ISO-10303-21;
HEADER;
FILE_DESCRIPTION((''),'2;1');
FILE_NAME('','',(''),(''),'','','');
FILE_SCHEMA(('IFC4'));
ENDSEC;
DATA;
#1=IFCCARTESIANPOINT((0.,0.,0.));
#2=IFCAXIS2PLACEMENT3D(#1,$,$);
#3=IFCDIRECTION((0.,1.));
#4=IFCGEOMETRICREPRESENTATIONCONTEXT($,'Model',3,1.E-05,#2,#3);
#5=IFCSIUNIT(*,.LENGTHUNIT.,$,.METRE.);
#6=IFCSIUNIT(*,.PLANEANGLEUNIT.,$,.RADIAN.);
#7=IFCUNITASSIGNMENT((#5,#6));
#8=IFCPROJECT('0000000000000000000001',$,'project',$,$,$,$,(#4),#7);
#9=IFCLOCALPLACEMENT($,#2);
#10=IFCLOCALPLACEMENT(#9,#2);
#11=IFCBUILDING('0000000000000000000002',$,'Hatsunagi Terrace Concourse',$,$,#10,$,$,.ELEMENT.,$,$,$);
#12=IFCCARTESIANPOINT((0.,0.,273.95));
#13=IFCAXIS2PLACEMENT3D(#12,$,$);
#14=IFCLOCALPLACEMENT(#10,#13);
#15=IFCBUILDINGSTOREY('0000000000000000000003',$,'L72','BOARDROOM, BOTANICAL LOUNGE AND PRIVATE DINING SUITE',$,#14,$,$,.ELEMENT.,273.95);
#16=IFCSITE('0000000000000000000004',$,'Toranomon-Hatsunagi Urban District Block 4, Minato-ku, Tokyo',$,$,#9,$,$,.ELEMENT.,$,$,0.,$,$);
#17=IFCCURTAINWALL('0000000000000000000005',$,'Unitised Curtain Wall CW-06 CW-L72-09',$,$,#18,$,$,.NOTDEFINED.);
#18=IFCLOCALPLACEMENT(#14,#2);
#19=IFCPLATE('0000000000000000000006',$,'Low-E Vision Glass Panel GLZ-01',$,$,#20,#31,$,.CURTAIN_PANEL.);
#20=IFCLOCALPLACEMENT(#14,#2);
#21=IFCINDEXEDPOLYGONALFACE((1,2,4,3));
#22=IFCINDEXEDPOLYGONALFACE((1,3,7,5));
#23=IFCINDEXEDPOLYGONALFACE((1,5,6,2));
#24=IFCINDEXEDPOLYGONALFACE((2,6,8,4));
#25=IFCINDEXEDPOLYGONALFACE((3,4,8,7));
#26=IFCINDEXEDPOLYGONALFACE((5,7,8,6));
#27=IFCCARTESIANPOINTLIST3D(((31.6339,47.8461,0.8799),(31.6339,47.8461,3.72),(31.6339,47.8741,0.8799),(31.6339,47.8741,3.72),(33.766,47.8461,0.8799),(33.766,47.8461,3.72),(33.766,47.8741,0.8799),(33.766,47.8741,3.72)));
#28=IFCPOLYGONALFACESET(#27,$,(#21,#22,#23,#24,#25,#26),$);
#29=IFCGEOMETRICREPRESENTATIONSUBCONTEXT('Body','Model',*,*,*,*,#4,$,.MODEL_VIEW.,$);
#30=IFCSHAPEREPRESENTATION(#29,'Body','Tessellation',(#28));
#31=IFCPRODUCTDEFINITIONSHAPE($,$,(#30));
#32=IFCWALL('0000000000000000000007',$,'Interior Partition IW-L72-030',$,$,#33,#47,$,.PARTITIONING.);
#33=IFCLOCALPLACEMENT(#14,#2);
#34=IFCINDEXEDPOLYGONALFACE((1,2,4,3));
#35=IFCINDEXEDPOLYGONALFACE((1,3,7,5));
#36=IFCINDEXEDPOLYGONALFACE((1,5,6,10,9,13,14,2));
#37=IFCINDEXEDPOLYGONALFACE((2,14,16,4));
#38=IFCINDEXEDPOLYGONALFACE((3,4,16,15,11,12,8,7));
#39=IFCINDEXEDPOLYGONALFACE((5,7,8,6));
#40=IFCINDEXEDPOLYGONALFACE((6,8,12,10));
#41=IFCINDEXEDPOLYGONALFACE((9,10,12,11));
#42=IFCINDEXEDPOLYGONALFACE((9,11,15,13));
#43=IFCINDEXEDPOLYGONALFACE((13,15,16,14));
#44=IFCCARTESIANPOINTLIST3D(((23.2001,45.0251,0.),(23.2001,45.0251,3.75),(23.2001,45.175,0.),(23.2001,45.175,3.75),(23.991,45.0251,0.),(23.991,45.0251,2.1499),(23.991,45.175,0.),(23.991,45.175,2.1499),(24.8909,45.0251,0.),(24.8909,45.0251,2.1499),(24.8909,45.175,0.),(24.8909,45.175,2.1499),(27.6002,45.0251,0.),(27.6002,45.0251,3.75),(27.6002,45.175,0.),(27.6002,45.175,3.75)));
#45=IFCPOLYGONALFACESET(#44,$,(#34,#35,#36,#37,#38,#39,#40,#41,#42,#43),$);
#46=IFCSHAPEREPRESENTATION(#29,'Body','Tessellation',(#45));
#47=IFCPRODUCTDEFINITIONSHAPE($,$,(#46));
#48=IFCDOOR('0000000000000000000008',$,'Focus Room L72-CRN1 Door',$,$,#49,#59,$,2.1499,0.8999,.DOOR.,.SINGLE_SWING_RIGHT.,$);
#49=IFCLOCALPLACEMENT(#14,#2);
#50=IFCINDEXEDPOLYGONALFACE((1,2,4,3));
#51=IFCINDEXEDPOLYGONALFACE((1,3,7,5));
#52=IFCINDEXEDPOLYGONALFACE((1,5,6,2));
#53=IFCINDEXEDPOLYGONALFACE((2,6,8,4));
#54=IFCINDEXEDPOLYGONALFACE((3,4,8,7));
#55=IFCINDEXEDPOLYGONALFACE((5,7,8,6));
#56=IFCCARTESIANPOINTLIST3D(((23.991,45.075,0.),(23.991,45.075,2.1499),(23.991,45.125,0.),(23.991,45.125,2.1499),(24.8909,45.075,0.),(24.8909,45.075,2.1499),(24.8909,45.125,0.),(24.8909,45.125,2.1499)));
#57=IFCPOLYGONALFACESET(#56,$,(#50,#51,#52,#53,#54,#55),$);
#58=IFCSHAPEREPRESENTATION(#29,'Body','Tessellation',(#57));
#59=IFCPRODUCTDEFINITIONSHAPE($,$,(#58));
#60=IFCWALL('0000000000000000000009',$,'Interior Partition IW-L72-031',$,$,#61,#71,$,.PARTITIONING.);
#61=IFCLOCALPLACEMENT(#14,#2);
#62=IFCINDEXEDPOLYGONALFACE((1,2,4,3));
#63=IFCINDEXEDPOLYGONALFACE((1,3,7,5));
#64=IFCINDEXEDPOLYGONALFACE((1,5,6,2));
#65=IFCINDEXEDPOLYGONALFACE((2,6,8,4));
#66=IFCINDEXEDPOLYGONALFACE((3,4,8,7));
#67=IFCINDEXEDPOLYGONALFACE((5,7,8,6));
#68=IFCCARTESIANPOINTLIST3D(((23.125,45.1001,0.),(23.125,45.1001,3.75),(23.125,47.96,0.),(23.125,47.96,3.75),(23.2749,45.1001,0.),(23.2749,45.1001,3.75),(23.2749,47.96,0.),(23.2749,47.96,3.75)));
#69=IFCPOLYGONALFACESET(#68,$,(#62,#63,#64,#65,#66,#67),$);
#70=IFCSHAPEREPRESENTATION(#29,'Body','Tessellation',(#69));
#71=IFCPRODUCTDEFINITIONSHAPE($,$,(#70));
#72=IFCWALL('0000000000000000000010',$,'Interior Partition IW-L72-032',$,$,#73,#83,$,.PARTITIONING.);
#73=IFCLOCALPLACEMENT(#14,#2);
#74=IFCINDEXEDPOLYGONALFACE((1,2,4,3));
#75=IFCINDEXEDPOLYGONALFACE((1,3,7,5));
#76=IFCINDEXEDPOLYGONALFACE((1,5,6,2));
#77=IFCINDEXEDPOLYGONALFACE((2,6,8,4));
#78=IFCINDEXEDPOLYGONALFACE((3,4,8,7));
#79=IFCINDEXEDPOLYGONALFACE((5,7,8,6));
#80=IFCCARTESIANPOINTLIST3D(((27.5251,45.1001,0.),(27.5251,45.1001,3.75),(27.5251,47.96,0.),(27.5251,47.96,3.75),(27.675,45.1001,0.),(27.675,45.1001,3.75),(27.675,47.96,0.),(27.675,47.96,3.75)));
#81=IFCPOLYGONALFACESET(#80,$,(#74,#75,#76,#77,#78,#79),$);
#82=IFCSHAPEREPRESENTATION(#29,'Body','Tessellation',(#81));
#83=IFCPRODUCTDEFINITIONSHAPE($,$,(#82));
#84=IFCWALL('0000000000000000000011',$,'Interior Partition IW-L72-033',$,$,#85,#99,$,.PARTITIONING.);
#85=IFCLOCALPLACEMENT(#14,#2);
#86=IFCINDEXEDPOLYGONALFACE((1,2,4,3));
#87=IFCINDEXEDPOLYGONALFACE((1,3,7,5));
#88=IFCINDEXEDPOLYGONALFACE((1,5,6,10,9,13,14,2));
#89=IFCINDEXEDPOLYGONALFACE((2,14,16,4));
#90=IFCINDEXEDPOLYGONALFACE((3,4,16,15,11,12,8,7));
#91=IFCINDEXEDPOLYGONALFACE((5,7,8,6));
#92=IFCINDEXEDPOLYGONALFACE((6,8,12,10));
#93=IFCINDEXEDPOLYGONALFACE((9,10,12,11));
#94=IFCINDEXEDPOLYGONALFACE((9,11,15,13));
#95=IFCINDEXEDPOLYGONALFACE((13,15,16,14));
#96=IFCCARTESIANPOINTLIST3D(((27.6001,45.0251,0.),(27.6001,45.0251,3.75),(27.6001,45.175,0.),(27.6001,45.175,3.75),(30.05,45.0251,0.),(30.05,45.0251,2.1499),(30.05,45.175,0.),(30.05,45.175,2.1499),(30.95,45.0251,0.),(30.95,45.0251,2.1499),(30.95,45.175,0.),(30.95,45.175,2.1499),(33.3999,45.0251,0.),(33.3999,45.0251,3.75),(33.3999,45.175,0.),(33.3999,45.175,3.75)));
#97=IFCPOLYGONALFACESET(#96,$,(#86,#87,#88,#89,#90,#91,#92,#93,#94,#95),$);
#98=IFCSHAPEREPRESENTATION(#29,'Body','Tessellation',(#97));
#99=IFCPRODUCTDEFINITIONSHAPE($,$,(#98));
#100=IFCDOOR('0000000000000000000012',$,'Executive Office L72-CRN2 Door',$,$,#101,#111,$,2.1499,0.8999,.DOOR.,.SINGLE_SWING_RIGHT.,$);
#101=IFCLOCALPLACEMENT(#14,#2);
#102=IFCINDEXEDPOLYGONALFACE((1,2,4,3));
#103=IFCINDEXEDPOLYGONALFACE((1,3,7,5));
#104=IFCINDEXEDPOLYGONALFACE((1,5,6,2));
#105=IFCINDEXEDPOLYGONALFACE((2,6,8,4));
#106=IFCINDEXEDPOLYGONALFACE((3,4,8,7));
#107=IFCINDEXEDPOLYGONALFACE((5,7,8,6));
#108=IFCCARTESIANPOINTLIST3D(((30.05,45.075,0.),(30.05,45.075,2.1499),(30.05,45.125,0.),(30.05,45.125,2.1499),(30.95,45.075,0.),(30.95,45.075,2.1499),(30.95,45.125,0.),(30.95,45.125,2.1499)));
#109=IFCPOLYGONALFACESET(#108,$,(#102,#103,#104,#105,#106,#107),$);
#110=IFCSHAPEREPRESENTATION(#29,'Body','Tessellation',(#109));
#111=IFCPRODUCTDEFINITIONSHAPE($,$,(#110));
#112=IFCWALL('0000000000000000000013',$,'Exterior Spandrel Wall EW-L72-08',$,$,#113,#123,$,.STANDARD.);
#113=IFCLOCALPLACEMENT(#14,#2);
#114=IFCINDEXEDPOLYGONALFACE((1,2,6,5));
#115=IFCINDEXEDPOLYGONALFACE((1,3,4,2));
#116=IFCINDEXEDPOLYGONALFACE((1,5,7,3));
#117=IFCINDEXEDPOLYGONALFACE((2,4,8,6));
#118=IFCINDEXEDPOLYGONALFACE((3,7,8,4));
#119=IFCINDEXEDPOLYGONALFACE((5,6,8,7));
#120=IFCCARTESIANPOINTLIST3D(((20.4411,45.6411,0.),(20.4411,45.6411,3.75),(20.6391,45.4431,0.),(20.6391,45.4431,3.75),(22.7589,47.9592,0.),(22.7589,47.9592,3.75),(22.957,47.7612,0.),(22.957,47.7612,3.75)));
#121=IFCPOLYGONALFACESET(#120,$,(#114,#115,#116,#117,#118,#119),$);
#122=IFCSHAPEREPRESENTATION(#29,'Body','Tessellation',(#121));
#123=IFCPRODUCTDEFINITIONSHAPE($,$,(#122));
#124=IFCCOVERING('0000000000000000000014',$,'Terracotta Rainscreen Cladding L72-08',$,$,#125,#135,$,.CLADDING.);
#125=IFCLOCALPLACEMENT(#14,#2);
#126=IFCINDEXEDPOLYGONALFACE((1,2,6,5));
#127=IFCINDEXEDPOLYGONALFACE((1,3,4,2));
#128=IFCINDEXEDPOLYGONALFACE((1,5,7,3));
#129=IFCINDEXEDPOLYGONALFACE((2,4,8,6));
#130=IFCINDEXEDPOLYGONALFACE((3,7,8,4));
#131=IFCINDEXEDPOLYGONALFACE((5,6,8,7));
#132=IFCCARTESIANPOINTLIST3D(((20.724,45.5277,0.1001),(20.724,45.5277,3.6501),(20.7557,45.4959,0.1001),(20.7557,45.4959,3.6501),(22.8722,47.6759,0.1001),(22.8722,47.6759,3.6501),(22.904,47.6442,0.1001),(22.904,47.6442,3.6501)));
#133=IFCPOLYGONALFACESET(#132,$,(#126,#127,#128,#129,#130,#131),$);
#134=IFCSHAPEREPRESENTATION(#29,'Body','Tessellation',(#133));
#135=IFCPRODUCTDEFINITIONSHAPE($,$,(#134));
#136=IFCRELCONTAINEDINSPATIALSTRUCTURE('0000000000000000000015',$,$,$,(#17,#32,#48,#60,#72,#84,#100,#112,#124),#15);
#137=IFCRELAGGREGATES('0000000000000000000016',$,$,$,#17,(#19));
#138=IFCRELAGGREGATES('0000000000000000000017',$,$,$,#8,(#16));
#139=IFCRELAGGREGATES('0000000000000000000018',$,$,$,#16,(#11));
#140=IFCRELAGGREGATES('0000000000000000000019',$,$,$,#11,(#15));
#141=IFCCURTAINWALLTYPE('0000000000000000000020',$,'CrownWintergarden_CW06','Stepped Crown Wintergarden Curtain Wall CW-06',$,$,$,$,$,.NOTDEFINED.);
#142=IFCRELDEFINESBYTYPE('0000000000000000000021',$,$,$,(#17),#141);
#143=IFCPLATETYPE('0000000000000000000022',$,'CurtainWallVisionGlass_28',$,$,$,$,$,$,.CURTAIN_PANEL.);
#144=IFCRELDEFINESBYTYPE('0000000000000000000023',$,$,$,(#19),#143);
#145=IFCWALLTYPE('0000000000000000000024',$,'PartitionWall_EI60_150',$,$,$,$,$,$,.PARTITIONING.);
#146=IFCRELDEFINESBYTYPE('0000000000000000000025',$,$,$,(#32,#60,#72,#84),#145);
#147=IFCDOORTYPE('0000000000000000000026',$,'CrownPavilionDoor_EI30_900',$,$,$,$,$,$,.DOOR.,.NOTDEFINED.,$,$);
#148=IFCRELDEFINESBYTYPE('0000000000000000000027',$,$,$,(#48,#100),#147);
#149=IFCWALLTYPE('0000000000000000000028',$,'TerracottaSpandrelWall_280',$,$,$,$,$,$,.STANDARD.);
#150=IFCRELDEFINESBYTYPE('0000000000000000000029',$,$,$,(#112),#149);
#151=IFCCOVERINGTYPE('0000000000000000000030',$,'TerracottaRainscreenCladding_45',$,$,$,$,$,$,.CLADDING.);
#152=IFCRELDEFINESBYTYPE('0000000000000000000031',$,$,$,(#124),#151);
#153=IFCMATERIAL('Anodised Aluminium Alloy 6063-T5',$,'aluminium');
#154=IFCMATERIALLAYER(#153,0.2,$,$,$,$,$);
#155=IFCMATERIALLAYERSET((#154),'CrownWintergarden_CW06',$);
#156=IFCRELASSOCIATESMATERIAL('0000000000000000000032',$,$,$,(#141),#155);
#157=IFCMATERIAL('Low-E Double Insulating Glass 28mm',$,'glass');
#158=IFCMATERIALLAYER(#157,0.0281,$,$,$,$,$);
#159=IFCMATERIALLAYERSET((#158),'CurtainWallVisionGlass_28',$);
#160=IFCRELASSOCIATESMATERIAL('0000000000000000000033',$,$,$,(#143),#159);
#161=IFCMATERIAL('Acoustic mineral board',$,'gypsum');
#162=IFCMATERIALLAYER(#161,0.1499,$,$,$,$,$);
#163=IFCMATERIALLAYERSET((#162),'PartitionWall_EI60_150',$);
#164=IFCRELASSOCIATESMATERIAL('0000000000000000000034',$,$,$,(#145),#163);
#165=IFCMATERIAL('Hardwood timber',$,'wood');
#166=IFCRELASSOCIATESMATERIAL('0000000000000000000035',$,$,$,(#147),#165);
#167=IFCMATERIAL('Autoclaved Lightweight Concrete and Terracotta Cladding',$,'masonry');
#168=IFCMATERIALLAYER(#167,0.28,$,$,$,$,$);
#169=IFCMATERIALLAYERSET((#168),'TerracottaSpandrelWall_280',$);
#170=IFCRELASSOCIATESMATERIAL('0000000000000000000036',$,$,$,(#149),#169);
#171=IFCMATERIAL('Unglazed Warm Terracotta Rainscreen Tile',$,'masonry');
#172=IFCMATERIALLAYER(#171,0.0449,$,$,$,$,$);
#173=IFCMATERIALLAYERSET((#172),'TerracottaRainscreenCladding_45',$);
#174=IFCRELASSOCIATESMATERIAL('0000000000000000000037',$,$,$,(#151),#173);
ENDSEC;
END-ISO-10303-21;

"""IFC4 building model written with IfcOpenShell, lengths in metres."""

from ifc_helpers import new_model, si_unit, direction, frame, frame_2d, origin, origin_2d, place, context, subcontext, project, spatial, rectangle, extrude, material, layer, layer_set, type_object, element, fill, aggregate, save


model = new_model("IFC4")

# Units and contexts
model_context = context("Model", 3, precision=1e-05, world=origin(), true_north=direction((0.0, 1.0)))
body_context = subcontext(model_context, "Body", "Model", "MODEL_VIEW")
ifc_project = project(units=[si_unit("LENGTHUNIT", "METRE"), si_unit("PLANEANGLEUNIT", "RADIAN")], contexts=[model_context])

# Site, building, storey
site_placement = place(None, origin())
site = spatial("IfcSite", under=ifc_project, at=site_placement, Name="Toranomon-Hatsunagi Urban District Block 4, Minato-ku, Tokyo", CompositionType="ELEMENT", RefElevation=0.0)
building_placement = place(site_placement, origin())
building = spatial("IfcBuilding", under=site, at=building_placement, Name="Hatsunagi Terrace Concourse", CompositionType="ELEMENT")
storey_placement = place(building_placement, frame((0.0, 0.0, 273.95)))
storey = spatial("IfcBuildingStorey", under=building, at=storey_placement, Name="L72", Description="BOARDROOM, BOTANICAL LOUNGE AND PRIVATE DINING SUITE", CompositionType="ELEMENT", Elevation=273.95)

# Curtain wall
ifc_material_1 = material(Name="Anodised Aluminium Alloy 6063-T5", Category="aluminium")
ifc_layer_1 = layer(ifc_material_1, 0.2)
ifc_layer_set_1 = layer_set([ifc_layer_1], Name="CrownWintergarden_CW06")
curtain_wall_type = type_object("IfcCurtainWallType", Name="CrownWintergarden_CW06", Description="Stepped Crown Wintergarden Curtain Wall CW-06", PredefinedType="NOTDEFINED", material=ifc_layer_set_1)
curtain_wall_1_placement = place(storey_placement, origin())
curtain_wall_1 = element("IfcCurtainWall", 1, at=curtain_wall_1_placement, inside=storey, type_object=curtain_wall_type, Name="Unitised Curtain Wall CW-06 CW-L72-09", PredefinedType="NOTDEFINED")

# Plate
ifc_material_2 = material(Name="Low-E Double Insulating Glass 28mm", Category="glass")
ifc_layer_2 = layer(ifc_material_2, 0.0281)
ifc_layer_set_2 = layer_set([ifc_layer_2], Name="CurtainWallVisionGlass_28")
plate_type_1 = type_object("IfcPlateType", Name="CurtainWallVisionGlass_28", PredefinedType="CURTAIN_PANEL", material=ifc_layer_set_2)
plate_1_placement = place(storey_placement, frame((32.7, 47.8601, 0.8799), z_axis=(0.0, 0.0, 1.0), x_axis=(1.0, 0.0, 0.0)))
plate_1 = element("IfcPlate", 2, at=plate_1_placement, type_object=plate_type_1, Name="Low-E Vision Glass Panel GLZ-01", PredefinedType="CURTAIN_PANEL", context=body_context, shape_type="SweptSolid", body=[
    extrude(rectangle(XDim=2.1321, YDim=0.0281, at=origin_2d()), origin(), (0.0, 0.0, 1.0), 2.8401),
])
aggregate(curtain_wall_1, [plate_1])

# Wall, opening, door
ifc_material_3 = material(Name="Acoustic mineral board", Category="gypsum")
ifc_layer_3 = layer(ifc_material_3, 0.1499)
ifc_layer_set_3 = layer_set([ifc_layer_3], Name="PartitionWall_EI60_150")
wall_type_1 = type_object("IfcWallType", Name="PartitionWall_EI60_150", PredefinedType="PARTITIONING", material=ifc_layer_set_3)
wall_1_placement = place(storey_placement, frame((23.2, 45.1001, 0.0), z_axis=(0.0, 0.0, 1.0), x_axis=(1.0, 0.0, 0.0)))
wall_1 = element("IfcWall", 3, at=wall_1_placement, inside=storey, type_object=wall_type_1, Name="Interior Partition IW-L72-030", PredefinedType="PARTITIONING", context=body_context, shape_type="SweptSolid", body=[
    extrude(rectangle(XDim=4.4001, YDim=0.1499, at=frame_2d((2.2002, 0.0))), origin(), (0.0, 0.0, 1.0), 3.75),
])
opening_1_placement = place(wall_1_placement, frame((0.791, 0.0, 0.0)))
opening_1 = element("IfcOpeningElement", 4, at=opening_1_placement, cuts=wall_1, PredefinedType="OPENING", context=body_context, shape_type="SweptSolid", body=[
    extrude(rectangle(XDim=0.8999, YDim=2.1499, at=frame_2d((0.45, 1.075))), frame((0.0, 0.085, 0.0), z_axis=(0.0, -1.0, 0.0), x_axis=(1.0, 0.0, 0.0)), (0.0, 0.0, 1.0), 0.1699),
])
ifc_material_4 = material(Name="Hardwood timber", Category="wood")
door_type = type_object("IfcDoorType", Name="CrownPavilionDoor_EI30_900", OperationType="NOTDEFINED", PredefinedType="DOOR", material=ifc_material_4)
door_1_placement = place(opening_1_placement, origin())
door_1 = element("IfcDoor", 5, at=door_1_placement, inside=storey, type_object=door_type, Name="Focus Room L72-CRN1 Door", OperationType="SINGLE_SWING_RIGHT", OverallHeight=2.1499, OverallWidth=0.8999, PredefinedType="DOOR", context=body_context, shape_type="SweptSolid", body=[
    extrude(rectangle(XDim=0.8999, YDim=2.1499, at=frame_2d((0.45, 1.075))), frame((0.0, 0.0249, 0.0), z_axis=(0.0, -1.0, 0.0), x_axis=(1.0, 0.0, 0.0)), (0.0, 0.0, 1.0), 0.05),
])
fill(opening_1, door_1)

# Walls
for number, where, z_axis, x_axis, name in (
    (6, (23.2, 45.1001, 0.0), (0.0, 0.0, 1.0), (0.0, 1.0, 0.0), "Interior Partition IW-L72-031"),
    (7, (27.6001, 45.1001, 0.0), (0.0, 0.0, 1.0), (0.0, 1.0, 0.0), "Interior Partition IW-L72-032"),
):
    element("IfcWall", number, at=place(storey_placement, frame(where, z_axis=z_axis, x_axis=x_axis)), inside=storey, type_object=wall_type_1, Name=name, PredefinedType="PARTITIONING", context=body_context, shape_type="SweptSolid", body=[
        extrude(rectangle(XDim=2.8599, YDim=0.1499, at=frame_2d((1.4299, 0.0))), origin(), (0.0, 0.0, 1.0), 3.75),
    ])

# Wall, opening, door
wall_2_placement = place(storey_placement, frame((27.6001, 45.1001, 0.0), z_axis=(0.0, 0.0, 1.0), x_axis=(1.0, 0.0, 0.0)))
wall_2 = element("IfcWall", 8, at=wall_2_placement, inside=storey, type_object=wall_type_1, Name="Interior Partition IW-L72-033", PredefinedType="PARTITIONING", context=body_context, shape_type="SweptSolid", body=[
    extrude(rectangle(XDim=5.7998, YDim=0.1499, at=frame_2d((2.8999, 0.0))), origin(), (0.0, 0.0, 1.0), 3.75),
])
opening_2_placement = place(wall_2_placement, frame((2.45, 0.0, 0.0)))
opening_2 = element("IfcOpeningElement", 9, at=opening_2_placement, cuts=wall_2, PredefinedType="OPENING", context=body_context, shape_type="SweptSolid", body=[
    extrude(rectangle(XDim=0.8999, YDim=2.1499, at=frame_2d((0.45, 1.075))), frame((0.0, 0.085, 0.0), z_axis=(0.0, -1.0, 0.0), x_axis=(1.0, 0.0, 0.0)), (0.0, 0.0, 1.0), 0.1699),
])
door_2_placement = place(opening_2_placement, origin())
door_2 = element("IfcDoor", 10, at=door_2_placement, inside=storey, type_object=door_type, Name="Executive Office L72-CRN2 Door", OperationType="SINGLE_SWING_RIGHT", OverallHeight=2.1499, OverallWidth=0.8999, PredefinedType="DOOR", context=body_context, shape_type="SweptSolid", body=[
    extrude(rectangle(XDim=0.8999, YDim=2.1499, at=frame_2d((0.45, 1.075))), frame((0.0, 0.0249, 0.0), z_axis=(0.0, -1.0, 0.0), x_axis=(1.0, 0.0, 0.0)), (0.0, 0.0, 1.0), 0.05),
])
fill(opening_2, door_2)

# Wall
ifc_material_5 = material(Name="Autoclaved Lightweight Concrete and Terracotta Cladding", Category="masonry")
ifc_layer_4 = layer(ifc_material_5, 0.28)
ifc_layer_set_4 = layer_set([ifc_layer_4], Name="TerracottaSpandrelWall_280")
wall_type_2 = type_object("IfcWallType", Name="TerracottaSpandrelWall_280", PredefinedType="STANDARD", material=ifc_layer_set_4)
wall_3_placement = place(storey_placement, frame((20.54, 45.542, 0.0), z_axis=(0.0, 0.0, 1.0), x_axis=(0.70707, 0.707144, 0.0)))
element("IfcWall", 11, at=wall_3_placement, inside=storey, type_object=wall_type_2, Name="Exterior Spandrel Wall EW-L72-08", PredefinedType="STANDARD", context=body_context, shape_type="SweptSolid", body=[
    extrude(rectangle(XDim=3.2781, YDim=0.28, at=frame_2d((1.6392, 0.0))), origin(), (0.0, 0.0, 1.0), 3.75),
])

# Covering
ifc_material_6 = material(Name="Unglazed Warm Terracotta Rainscreen Tile", Category="masonry")
ifc_layer_5 = layer(ifc_material_6, 0.0449)
ifc_layer_set_5 = layer_set([ifc_layer_5], Name="TerracottaRainscreenCladding_45")
covering_type = type_object("IfcCoveringType", Name="TerracottaRainscreenCladding_45", PredefinedType="CLADDING", material=ifc_layer_set_5)
covering_placement = place(storey_placement, frame((21.814, 46.5859, 0.1001), z_axis=(0.0, 0.0, 1.0), x_axis=(0.707107, 0.707107, 0.0)))
element("IfcCovering", 12, at=covering_placement, inside=storey, type_object=covering_type, Name="Terracotta Rainscreen Cladding L72-08", PredefinedType="CLADDING", context=body_context, shape_type="SweptSolid", body=[
    extrude(rectangle(XDim=3.0381, YDim=0.0449, at=origin_2d()), origin(), (0.0, 0.0, 1.0), 3.55),
])

save(model, "model.ifc")
